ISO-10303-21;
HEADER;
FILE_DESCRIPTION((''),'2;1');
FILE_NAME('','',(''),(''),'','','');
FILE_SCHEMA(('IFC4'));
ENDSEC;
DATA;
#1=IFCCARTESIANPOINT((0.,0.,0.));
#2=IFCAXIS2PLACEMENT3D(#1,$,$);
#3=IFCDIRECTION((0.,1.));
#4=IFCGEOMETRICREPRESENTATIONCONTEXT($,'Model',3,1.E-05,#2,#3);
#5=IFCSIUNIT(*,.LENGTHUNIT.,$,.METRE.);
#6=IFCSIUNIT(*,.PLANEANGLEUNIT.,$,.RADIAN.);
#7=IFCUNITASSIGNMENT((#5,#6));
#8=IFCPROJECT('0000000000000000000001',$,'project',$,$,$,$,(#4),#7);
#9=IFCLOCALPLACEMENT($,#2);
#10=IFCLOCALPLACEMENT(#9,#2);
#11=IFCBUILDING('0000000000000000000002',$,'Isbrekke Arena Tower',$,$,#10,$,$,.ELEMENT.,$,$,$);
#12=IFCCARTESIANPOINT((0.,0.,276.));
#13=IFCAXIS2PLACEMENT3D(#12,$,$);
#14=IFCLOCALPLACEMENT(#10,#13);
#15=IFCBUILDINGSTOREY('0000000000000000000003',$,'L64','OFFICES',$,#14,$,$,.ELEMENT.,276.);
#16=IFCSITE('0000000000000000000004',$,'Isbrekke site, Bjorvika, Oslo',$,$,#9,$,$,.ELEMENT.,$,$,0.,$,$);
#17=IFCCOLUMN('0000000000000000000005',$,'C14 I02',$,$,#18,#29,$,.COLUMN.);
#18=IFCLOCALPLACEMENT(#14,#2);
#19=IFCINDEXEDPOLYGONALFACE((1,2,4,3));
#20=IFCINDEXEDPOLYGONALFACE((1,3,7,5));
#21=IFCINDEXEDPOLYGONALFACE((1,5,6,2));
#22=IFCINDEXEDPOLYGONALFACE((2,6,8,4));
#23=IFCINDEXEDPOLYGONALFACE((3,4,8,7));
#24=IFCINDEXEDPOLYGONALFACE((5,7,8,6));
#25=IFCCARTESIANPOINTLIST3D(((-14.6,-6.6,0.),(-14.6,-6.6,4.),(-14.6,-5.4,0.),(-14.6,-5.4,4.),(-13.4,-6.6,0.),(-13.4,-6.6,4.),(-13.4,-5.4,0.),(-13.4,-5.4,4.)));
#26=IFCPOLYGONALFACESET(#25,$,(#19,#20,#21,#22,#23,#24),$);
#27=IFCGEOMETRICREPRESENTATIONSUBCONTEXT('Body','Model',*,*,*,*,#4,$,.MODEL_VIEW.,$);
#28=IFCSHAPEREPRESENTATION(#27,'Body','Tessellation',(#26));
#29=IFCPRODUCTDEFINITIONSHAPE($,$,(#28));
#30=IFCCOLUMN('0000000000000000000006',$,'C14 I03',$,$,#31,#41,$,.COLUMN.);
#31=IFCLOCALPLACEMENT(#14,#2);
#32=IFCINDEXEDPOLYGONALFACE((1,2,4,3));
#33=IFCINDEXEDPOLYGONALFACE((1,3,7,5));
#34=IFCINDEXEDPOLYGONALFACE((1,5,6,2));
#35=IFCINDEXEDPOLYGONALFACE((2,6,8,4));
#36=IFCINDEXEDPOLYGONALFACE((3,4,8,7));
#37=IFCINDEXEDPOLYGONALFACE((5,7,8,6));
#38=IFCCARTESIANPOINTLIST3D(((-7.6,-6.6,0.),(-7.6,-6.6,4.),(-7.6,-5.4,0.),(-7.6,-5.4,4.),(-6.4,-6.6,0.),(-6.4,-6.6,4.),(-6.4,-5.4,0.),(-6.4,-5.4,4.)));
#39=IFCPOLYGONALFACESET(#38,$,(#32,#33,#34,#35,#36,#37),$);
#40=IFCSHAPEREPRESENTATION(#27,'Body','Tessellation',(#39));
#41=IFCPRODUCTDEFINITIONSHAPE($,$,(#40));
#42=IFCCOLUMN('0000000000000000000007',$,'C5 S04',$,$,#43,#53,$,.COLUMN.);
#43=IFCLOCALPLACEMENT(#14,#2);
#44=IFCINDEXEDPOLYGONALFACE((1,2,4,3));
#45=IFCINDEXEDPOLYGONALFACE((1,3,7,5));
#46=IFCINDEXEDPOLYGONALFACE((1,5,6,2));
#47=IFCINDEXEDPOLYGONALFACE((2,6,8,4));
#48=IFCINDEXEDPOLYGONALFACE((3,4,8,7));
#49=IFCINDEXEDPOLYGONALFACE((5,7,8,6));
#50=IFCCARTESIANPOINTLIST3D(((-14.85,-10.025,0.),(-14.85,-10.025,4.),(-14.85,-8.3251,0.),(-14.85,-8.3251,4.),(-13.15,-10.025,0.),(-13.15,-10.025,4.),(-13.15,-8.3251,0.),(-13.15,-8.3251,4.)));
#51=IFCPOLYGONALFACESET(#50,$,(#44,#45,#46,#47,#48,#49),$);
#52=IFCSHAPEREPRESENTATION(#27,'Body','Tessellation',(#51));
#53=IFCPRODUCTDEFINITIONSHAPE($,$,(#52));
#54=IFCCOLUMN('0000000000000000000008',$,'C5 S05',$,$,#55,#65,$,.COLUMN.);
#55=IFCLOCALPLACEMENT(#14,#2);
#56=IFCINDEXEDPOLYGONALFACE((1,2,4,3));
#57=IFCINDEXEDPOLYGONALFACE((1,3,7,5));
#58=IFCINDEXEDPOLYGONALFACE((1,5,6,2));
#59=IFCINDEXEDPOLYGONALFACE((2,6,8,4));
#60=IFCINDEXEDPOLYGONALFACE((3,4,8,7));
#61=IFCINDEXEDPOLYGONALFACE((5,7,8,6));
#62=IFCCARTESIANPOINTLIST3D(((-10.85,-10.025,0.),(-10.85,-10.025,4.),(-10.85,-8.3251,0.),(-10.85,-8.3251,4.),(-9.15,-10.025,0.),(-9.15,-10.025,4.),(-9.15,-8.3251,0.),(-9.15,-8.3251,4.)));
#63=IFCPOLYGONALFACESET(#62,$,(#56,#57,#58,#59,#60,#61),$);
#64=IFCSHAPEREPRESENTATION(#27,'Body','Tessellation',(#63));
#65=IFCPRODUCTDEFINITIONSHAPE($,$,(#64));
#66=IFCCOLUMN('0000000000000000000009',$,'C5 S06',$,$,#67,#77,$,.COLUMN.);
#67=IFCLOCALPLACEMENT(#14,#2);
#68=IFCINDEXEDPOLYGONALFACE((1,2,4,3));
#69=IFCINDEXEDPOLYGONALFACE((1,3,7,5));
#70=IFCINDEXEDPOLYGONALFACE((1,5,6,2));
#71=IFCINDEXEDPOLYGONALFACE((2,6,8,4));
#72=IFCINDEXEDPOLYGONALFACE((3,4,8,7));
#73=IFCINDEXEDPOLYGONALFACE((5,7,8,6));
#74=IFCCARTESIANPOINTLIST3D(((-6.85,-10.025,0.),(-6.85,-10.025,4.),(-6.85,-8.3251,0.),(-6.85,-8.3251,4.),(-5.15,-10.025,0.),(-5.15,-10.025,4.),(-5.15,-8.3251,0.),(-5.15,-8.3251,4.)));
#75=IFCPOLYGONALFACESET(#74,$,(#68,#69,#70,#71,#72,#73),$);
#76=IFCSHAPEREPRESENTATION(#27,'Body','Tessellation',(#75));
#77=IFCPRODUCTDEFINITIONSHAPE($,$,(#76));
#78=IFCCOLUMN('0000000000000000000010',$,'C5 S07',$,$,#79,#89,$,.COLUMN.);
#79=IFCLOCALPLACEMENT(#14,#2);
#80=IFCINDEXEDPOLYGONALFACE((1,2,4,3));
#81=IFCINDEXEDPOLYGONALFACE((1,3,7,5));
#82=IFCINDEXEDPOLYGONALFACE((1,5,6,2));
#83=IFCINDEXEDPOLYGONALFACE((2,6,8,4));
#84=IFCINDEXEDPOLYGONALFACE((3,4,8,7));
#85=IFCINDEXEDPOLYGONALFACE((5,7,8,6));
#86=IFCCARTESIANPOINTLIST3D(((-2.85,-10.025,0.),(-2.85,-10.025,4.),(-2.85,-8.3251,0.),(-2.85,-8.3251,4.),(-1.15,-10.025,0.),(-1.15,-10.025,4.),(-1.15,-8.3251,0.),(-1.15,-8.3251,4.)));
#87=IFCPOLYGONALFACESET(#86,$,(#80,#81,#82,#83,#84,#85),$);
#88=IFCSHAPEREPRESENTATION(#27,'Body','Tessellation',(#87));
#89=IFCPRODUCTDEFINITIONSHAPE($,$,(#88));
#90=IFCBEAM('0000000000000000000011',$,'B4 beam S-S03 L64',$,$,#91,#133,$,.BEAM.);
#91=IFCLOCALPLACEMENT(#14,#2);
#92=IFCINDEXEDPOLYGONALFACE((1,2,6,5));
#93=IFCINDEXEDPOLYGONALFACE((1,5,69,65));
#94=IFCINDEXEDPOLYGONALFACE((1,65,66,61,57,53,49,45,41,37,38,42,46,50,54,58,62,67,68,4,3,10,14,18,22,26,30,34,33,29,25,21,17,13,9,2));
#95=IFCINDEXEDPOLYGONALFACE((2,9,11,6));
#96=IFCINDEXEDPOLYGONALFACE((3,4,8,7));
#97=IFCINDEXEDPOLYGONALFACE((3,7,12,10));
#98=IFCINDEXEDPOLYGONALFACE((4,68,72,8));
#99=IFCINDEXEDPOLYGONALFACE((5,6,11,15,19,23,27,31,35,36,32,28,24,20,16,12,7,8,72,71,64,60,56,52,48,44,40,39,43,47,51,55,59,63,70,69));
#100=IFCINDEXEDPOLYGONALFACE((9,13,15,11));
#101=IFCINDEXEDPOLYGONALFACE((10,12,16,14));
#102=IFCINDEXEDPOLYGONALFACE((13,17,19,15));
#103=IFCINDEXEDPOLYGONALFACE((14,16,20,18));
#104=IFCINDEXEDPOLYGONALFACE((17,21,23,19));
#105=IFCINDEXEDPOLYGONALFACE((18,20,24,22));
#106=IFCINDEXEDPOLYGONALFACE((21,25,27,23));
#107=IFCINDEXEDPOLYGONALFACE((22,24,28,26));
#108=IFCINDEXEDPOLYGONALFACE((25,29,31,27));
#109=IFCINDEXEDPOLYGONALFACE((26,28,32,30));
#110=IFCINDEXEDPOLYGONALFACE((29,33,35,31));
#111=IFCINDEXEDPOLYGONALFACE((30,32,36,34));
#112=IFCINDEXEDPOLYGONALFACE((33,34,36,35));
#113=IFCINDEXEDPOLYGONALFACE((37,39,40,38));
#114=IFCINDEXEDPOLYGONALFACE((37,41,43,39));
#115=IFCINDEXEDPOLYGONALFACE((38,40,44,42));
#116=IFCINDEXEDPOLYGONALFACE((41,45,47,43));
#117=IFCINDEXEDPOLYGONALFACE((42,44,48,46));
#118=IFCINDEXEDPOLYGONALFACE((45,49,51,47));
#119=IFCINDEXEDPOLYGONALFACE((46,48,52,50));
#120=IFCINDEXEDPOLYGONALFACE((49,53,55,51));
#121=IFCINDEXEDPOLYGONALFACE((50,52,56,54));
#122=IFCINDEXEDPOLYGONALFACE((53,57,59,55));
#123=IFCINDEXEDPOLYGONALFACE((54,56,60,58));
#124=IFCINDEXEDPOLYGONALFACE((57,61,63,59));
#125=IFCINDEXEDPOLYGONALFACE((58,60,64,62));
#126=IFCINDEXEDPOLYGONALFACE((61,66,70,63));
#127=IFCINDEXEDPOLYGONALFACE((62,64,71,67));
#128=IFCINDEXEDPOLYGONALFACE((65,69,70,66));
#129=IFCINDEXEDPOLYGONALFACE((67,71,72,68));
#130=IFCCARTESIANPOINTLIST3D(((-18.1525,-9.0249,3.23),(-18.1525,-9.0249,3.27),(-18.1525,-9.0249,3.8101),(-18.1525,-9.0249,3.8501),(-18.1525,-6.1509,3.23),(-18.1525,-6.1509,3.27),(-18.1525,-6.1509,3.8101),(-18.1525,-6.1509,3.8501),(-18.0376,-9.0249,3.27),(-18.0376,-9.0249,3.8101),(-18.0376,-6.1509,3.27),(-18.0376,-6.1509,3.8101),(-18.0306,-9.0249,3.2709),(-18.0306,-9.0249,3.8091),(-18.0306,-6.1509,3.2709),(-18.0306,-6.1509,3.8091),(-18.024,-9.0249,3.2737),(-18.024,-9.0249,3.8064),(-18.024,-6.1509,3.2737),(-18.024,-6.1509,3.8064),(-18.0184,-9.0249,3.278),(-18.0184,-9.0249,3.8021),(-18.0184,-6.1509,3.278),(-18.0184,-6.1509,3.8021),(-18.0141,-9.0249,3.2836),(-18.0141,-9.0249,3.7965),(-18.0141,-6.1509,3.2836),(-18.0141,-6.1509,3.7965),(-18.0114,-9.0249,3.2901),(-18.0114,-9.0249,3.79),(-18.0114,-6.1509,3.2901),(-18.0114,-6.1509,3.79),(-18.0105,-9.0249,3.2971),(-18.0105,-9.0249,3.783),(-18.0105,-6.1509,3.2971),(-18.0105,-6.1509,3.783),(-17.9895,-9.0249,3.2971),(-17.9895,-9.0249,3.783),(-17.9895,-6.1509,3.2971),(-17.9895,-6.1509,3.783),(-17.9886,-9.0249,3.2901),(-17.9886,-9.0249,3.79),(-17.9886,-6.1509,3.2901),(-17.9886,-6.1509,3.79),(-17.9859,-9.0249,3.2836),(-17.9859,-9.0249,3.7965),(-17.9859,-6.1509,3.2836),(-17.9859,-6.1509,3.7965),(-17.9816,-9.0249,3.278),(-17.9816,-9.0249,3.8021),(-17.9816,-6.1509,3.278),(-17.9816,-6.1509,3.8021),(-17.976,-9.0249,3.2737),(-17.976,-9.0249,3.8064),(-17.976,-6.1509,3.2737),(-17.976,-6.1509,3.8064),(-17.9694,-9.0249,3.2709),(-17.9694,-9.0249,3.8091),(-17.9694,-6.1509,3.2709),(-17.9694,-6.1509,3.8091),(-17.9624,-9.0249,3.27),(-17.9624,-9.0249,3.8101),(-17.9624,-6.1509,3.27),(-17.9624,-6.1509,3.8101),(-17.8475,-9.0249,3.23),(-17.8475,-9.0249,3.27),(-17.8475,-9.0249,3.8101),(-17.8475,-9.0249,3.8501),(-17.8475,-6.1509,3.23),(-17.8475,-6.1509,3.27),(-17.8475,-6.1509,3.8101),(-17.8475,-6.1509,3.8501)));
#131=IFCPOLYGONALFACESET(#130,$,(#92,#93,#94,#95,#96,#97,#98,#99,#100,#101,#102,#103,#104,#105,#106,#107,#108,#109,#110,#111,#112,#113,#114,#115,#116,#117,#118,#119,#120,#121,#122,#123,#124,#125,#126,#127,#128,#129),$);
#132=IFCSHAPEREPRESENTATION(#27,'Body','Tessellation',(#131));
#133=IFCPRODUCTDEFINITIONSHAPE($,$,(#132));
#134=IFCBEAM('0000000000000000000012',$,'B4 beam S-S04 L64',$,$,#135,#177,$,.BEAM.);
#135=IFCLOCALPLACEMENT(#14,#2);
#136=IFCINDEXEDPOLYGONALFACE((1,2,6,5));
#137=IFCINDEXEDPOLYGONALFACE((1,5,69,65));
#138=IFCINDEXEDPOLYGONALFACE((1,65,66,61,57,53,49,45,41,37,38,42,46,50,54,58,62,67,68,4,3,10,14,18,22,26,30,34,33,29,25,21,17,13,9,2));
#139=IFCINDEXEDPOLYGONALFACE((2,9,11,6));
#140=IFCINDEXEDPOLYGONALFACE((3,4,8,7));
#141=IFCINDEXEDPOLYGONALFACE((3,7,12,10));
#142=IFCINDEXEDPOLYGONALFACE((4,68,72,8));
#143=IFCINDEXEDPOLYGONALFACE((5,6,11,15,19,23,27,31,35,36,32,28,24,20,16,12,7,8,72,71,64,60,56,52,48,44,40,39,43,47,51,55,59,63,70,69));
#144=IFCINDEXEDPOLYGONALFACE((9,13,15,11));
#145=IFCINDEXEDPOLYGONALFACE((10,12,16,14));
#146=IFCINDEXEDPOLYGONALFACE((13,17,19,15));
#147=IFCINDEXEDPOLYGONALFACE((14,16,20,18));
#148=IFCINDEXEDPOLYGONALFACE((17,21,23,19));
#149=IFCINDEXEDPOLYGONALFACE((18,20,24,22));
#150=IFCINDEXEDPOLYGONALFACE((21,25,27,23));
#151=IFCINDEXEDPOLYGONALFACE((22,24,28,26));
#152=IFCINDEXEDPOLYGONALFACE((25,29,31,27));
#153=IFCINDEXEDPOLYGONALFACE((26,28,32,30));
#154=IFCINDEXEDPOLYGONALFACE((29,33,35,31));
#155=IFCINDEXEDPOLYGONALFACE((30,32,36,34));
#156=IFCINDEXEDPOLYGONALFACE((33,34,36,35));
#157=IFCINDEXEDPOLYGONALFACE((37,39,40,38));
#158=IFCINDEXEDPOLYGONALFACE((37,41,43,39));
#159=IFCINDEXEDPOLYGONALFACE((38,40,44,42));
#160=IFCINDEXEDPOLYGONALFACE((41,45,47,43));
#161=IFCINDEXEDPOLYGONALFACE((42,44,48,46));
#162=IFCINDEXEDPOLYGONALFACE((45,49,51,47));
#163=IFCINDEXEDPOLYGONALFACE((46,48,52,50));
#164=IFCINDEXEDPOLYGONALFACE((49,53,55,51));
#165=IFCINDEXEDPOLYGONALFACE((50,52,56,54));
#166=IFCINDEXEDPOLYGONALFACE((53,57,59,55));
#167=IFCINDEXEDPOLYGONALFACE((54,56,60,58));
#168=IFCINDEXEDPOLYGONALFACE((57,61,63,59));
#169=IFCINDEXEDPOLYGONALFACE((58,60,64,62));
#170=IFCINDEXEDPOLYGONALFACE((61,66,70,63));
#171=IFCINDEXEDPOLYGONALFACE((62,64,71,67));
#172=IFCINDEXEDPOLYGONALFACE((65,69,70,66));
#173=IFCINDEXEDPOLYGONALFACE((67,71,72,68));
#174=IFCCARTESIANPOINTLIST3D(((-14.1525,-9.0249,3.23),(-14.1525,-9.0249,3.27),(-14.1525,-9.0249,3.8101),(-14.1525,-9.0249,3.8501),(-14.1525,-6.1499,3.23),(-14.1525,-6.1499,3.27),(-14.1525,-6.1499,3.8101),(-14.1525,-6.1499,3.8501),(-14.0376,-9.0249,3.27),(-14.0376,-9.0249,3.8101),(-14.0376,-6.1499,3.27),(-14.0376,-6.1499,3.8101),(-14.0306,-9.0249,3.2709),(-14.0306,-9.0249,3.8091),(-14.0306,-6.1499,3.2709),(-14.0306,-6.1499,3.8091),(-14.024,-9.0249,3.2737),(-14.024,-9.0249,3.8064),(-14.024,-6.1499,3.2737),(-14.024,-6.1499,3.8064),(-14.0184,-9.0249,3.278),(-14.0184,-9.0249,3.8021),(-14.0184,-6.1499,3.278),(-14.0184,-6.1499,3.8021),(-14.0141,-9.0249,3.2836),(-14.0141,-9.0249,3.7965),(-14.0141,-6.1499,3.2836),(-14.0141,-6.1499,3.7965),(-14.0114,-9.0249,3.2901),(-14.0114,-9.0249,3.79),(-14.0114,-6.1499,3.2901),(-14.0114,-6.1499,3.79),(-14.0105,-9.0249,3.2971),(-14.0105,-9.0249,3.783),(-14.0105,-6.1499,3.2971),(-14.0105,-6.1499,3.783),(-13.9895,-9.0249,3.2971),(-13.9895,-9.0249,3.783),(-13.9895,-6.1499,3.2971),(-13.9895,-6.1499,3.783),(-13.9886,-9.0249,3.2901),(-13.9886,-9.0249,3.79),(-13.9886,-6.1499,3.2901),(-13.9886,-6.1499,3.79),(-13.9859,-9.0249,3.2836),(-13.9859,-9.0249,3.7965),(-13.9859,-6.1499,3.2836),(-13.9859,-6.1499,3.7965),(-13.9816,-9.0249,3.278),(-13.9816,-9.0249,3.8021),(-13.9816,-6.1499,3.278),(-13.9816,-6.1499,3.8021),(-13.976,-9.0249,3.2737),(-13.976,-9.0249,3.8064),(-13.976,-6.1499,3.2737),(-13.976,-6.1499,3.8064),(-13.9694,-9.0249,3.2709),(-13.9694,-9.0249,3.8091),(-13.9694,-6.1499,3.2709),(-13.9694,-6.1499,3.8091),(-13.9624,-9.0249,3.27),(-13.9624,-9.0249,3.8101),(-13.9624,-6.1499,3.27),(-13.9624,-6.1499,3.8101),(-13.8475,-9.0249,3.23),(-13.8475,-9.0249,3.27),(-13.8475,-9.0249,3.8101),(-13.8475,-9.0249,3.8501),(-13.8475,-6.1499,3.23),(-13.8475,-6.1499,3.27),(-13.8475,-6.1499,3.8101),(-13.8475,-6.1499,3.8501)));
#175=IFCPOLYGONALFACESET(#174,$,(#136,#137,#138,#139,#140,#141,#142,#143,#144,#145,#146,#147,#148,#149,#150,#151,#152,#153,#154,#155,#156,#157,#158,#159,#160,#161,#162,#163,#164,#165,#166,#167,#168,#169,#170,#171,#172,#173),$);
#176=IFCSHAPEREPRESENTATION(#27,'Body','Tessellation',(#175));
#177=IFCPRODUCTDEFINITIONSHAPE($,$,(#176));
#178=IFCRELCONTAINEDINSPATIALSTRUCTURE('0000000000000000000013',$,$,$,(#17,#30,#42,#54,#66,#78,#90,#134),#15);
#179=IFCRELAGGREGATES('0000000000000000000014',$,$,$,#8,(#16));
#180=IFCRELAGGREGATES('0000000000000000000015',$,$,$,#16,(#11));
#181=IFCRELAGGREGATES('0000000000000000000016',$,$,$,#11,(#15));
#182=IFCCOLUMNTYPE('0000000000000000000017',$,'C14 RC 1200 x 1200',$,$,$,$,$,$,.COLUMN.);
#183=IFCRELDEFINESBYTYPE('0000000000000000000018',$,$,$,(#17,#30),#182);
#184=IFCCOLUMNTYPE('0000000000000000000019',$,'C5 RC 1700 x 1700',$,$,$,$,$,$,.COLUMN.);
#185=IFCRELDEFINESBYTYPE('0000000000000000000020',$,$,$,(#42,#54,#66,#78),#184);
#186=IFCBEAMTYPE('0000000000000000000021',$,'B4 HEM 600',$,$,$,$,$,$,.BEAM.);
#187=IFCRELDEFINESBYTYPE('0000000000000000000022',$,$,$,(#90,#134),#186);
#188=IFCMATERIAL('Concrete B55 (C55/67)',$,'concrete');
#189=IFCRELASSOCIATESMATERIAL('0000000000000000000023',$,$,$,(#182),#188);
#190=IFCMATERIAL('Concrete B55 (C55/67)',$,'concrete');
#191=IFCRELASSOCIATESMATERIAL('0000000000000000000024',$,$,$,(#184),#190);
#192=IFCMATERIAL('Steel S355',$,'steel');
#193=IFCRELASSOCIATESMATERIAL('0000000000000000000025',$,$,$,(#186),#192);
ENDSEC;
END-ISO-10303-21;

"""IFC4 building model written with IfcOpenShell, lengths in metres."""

from ifc_helpers import new_model, si_unit, direction, frame, origin, origin_2d, place, context, subcontext, project, spatial, rectangle, i_section, extrude, material, material_profile, profile_set, type_object, element, save


model = new_model("IFC4")

# Units and contexts
model_context = context("Model", 3, precision=1e-05, world=origin(), true_north=direction((0.0, 1.0)))
body_context = subcontext(model_context, "Body", "Model", "MODEL_VIEW")
ifc_project = project(units=[si_unit("LENGTHUNIT", "METRE"), si_unit("PLANEANGLEUNIT", "RADIAN")], contexts=[model_context])

# Site, building, storey
site_placement = place(None, origin())
site = spatial("IfcSite", under=ifc_project, at=site_placement, Name="Isbrekke site, Bjorvika, Oslo", CompositionType="ELEMENT", RefElevation=0.0)
building_placement = place(site_placement, origin())
building = spatial("IfcBuilding", under=site, at=building_placement, Name="Isbrekke Arena Tower", CompositionType="ELEMENT")
storey_placement = place(building_placement, frame((0.0, 0.0, 276.0)))
storey = spatial("IfcBuildingStorey", under=building, at=storey_placement, Name="L64", Description="OFFICES", CompositionType="ELEMENT", Elevation=276.0)

# Columns
ifc_material_1 = material(Name="Concrete B55 (C55/67)", Category="concrete")
ifc_material_profile_1 = material_profile(ifc_material_1, rectangle(XDim=1.2, YDim=1.2, at=origin_2d()), Name="RC 1200x1200")
ifc_profile_set_1 = profile_set([ifc_material_profile_1], Name="Concrete B55 (C55/67)")
column_type_1 = type_object("IfcColumnType", Name="C14 RC 1200 x 1200", PredefinedType="COLUMN", material=ifc_profile_set_1)
for number, where, z_axis, x_axis, name in (
    (1, (-14.0, -6.0, 0.0), (0.0, 0.0, 1.0), (1.0, 0.0, 0.0), "C14 I02"),
    (2, (-7.0, -6.0, 0.0), (0.0, 0.0, 1.0), (1.0, 0.0, 0.0), "C14 I03"),
):
    element("IfcColumn", number, at=place(storey_placement, frame(where, z_axis=z_axis, x_axis=x_axis)), inside=storey, type_object=column_type_1, Name=name, PredefinedType="COLUMN", context=body_context, shape_type="SweptSolid", body=[
        extrude(rectangle(XDim=1.2, YDim=1.2, at=origin_2d()), origin(), (0.0, 0.0, 1.0), 4.0),
    ])
ifc_material_2 = material(Name="Concrete B55 (C55/67)", Category="concrete")
ifc_material_profile_2 = material_profile(ifc_material_2, rectangle(XDim=1.7, YDim=1.7, at=origin_2d()), Name="RC 1700x1700")
ifc_profile_set_2 = profile_set([ifc_material_profile_2], Name="Concrete B55 (C55/67)")
column_type_2 = type_object("IfcColumnType", Name="C5 RC 1700 x 1700", PredefinedType="COLUMN", material=ifc_profile_set_2)
for number, where, z_axis, x_axis, name in (
    (3, (-14.0, -9.175, 0.0), (0.0, 0.0, 1.0), (1.0, 0.0, 0.0), "C5 S04"),
    (4, (-10.0, -9.175, 0.0), (0.0, 0.0, 1.0), (1.0, 0.0, 0.0), "C5 S05"),
    (5, (-6.0, -9.175, 0.0), (0.0, 0.0, 1.0), (1.0, 0.0, 0.0), "C5 S06"),
    (6, (-2.0, -9.175, 0.0), (0.0, 0.0, 1.0), (1.0, 0.0, 0.0), "C5 S07"),
):
    element("IfcColumn", number, at=place(storey_placement, frame(where, z_axis=z_axis, x_axis=x_axis)), inside=storey, type_object=column_type_2, Name=name, PredefinedType="COLUMN", context=body_context, shape_type="SweptSolid", body=[
        extrude(rectangle(XDim=1.7, YDim=1.7, at=origin_2d()), origin(), (0.0, 0.0, 1.0), 4.0),
    ])

# Beams
ifc_material_3 = material(Name="Steel S355", Category="steel")
ifc_material_profile_3 = material_profile(ifc_material_3, i_section(OverallWidth=0.3049, OverallDepth=0.6201, WebThickness=0.021, FlangeThickness=0.04, FilletRadius=0.0271, at=origin_2d()), Name="HEM 600")
ifc_profile_set_3 = profile_set([ifc_material_profile_3], Name="Steel S355")
beam_type_1 = type_object("IfcBeamType", Name="B4 HEM 600", PredefinedType="BEAM", material=ifc_profile_set_3)
beam_1_placement = place(storey_placement, frame((-18.0, -9.0249, 3.54), z_axis=(0.0, 1.0, 0.0), x_axis=(-1.0, 0.0, 0.0)))
element("IfcBeam", 7, at=beam_1_placement, inside=storey, type_object=beam_type_1, Name="B4 beam S-S03 L64", PredefinedType="BEAM", context=body_context, shape_type="SweptSolid", body=[
    extrude(i_section(OverallWidth=0.3049, OverallDepth=0.6201, WebThickness=0.021, FlangeThickness=0.04, FilletRadius=0.0271, at=origin_2d()), origin(), (0.0, 0.0, 1.0), 2.874),
])
beam_2_placement = place(storey_placement, frame((-14.0, -9.0249, 3.54), z_axis=(0.0, 1.0, 0.0), x_axis=(-1.0, 0.0, 0.0)))
element("IfcBeam", 8, at=beam_2_placement, inside=storey, type_object=beam_type_1, Name="B4 beam S-S04 L64", PredefinedType="BEAM", context=body_context, shape_type="SweptSolid", body=[
    extrude(i_section(OverallWidth=0.3049, OverallDepth=0.6201, WebThickness=0.021, FlangeThickness=0.04, FilletRadius=0.0271, at=origin_2d()), origin(), (0.0, 0.0, 1.0), 2.875),
])

save(model, "model.ifc")
